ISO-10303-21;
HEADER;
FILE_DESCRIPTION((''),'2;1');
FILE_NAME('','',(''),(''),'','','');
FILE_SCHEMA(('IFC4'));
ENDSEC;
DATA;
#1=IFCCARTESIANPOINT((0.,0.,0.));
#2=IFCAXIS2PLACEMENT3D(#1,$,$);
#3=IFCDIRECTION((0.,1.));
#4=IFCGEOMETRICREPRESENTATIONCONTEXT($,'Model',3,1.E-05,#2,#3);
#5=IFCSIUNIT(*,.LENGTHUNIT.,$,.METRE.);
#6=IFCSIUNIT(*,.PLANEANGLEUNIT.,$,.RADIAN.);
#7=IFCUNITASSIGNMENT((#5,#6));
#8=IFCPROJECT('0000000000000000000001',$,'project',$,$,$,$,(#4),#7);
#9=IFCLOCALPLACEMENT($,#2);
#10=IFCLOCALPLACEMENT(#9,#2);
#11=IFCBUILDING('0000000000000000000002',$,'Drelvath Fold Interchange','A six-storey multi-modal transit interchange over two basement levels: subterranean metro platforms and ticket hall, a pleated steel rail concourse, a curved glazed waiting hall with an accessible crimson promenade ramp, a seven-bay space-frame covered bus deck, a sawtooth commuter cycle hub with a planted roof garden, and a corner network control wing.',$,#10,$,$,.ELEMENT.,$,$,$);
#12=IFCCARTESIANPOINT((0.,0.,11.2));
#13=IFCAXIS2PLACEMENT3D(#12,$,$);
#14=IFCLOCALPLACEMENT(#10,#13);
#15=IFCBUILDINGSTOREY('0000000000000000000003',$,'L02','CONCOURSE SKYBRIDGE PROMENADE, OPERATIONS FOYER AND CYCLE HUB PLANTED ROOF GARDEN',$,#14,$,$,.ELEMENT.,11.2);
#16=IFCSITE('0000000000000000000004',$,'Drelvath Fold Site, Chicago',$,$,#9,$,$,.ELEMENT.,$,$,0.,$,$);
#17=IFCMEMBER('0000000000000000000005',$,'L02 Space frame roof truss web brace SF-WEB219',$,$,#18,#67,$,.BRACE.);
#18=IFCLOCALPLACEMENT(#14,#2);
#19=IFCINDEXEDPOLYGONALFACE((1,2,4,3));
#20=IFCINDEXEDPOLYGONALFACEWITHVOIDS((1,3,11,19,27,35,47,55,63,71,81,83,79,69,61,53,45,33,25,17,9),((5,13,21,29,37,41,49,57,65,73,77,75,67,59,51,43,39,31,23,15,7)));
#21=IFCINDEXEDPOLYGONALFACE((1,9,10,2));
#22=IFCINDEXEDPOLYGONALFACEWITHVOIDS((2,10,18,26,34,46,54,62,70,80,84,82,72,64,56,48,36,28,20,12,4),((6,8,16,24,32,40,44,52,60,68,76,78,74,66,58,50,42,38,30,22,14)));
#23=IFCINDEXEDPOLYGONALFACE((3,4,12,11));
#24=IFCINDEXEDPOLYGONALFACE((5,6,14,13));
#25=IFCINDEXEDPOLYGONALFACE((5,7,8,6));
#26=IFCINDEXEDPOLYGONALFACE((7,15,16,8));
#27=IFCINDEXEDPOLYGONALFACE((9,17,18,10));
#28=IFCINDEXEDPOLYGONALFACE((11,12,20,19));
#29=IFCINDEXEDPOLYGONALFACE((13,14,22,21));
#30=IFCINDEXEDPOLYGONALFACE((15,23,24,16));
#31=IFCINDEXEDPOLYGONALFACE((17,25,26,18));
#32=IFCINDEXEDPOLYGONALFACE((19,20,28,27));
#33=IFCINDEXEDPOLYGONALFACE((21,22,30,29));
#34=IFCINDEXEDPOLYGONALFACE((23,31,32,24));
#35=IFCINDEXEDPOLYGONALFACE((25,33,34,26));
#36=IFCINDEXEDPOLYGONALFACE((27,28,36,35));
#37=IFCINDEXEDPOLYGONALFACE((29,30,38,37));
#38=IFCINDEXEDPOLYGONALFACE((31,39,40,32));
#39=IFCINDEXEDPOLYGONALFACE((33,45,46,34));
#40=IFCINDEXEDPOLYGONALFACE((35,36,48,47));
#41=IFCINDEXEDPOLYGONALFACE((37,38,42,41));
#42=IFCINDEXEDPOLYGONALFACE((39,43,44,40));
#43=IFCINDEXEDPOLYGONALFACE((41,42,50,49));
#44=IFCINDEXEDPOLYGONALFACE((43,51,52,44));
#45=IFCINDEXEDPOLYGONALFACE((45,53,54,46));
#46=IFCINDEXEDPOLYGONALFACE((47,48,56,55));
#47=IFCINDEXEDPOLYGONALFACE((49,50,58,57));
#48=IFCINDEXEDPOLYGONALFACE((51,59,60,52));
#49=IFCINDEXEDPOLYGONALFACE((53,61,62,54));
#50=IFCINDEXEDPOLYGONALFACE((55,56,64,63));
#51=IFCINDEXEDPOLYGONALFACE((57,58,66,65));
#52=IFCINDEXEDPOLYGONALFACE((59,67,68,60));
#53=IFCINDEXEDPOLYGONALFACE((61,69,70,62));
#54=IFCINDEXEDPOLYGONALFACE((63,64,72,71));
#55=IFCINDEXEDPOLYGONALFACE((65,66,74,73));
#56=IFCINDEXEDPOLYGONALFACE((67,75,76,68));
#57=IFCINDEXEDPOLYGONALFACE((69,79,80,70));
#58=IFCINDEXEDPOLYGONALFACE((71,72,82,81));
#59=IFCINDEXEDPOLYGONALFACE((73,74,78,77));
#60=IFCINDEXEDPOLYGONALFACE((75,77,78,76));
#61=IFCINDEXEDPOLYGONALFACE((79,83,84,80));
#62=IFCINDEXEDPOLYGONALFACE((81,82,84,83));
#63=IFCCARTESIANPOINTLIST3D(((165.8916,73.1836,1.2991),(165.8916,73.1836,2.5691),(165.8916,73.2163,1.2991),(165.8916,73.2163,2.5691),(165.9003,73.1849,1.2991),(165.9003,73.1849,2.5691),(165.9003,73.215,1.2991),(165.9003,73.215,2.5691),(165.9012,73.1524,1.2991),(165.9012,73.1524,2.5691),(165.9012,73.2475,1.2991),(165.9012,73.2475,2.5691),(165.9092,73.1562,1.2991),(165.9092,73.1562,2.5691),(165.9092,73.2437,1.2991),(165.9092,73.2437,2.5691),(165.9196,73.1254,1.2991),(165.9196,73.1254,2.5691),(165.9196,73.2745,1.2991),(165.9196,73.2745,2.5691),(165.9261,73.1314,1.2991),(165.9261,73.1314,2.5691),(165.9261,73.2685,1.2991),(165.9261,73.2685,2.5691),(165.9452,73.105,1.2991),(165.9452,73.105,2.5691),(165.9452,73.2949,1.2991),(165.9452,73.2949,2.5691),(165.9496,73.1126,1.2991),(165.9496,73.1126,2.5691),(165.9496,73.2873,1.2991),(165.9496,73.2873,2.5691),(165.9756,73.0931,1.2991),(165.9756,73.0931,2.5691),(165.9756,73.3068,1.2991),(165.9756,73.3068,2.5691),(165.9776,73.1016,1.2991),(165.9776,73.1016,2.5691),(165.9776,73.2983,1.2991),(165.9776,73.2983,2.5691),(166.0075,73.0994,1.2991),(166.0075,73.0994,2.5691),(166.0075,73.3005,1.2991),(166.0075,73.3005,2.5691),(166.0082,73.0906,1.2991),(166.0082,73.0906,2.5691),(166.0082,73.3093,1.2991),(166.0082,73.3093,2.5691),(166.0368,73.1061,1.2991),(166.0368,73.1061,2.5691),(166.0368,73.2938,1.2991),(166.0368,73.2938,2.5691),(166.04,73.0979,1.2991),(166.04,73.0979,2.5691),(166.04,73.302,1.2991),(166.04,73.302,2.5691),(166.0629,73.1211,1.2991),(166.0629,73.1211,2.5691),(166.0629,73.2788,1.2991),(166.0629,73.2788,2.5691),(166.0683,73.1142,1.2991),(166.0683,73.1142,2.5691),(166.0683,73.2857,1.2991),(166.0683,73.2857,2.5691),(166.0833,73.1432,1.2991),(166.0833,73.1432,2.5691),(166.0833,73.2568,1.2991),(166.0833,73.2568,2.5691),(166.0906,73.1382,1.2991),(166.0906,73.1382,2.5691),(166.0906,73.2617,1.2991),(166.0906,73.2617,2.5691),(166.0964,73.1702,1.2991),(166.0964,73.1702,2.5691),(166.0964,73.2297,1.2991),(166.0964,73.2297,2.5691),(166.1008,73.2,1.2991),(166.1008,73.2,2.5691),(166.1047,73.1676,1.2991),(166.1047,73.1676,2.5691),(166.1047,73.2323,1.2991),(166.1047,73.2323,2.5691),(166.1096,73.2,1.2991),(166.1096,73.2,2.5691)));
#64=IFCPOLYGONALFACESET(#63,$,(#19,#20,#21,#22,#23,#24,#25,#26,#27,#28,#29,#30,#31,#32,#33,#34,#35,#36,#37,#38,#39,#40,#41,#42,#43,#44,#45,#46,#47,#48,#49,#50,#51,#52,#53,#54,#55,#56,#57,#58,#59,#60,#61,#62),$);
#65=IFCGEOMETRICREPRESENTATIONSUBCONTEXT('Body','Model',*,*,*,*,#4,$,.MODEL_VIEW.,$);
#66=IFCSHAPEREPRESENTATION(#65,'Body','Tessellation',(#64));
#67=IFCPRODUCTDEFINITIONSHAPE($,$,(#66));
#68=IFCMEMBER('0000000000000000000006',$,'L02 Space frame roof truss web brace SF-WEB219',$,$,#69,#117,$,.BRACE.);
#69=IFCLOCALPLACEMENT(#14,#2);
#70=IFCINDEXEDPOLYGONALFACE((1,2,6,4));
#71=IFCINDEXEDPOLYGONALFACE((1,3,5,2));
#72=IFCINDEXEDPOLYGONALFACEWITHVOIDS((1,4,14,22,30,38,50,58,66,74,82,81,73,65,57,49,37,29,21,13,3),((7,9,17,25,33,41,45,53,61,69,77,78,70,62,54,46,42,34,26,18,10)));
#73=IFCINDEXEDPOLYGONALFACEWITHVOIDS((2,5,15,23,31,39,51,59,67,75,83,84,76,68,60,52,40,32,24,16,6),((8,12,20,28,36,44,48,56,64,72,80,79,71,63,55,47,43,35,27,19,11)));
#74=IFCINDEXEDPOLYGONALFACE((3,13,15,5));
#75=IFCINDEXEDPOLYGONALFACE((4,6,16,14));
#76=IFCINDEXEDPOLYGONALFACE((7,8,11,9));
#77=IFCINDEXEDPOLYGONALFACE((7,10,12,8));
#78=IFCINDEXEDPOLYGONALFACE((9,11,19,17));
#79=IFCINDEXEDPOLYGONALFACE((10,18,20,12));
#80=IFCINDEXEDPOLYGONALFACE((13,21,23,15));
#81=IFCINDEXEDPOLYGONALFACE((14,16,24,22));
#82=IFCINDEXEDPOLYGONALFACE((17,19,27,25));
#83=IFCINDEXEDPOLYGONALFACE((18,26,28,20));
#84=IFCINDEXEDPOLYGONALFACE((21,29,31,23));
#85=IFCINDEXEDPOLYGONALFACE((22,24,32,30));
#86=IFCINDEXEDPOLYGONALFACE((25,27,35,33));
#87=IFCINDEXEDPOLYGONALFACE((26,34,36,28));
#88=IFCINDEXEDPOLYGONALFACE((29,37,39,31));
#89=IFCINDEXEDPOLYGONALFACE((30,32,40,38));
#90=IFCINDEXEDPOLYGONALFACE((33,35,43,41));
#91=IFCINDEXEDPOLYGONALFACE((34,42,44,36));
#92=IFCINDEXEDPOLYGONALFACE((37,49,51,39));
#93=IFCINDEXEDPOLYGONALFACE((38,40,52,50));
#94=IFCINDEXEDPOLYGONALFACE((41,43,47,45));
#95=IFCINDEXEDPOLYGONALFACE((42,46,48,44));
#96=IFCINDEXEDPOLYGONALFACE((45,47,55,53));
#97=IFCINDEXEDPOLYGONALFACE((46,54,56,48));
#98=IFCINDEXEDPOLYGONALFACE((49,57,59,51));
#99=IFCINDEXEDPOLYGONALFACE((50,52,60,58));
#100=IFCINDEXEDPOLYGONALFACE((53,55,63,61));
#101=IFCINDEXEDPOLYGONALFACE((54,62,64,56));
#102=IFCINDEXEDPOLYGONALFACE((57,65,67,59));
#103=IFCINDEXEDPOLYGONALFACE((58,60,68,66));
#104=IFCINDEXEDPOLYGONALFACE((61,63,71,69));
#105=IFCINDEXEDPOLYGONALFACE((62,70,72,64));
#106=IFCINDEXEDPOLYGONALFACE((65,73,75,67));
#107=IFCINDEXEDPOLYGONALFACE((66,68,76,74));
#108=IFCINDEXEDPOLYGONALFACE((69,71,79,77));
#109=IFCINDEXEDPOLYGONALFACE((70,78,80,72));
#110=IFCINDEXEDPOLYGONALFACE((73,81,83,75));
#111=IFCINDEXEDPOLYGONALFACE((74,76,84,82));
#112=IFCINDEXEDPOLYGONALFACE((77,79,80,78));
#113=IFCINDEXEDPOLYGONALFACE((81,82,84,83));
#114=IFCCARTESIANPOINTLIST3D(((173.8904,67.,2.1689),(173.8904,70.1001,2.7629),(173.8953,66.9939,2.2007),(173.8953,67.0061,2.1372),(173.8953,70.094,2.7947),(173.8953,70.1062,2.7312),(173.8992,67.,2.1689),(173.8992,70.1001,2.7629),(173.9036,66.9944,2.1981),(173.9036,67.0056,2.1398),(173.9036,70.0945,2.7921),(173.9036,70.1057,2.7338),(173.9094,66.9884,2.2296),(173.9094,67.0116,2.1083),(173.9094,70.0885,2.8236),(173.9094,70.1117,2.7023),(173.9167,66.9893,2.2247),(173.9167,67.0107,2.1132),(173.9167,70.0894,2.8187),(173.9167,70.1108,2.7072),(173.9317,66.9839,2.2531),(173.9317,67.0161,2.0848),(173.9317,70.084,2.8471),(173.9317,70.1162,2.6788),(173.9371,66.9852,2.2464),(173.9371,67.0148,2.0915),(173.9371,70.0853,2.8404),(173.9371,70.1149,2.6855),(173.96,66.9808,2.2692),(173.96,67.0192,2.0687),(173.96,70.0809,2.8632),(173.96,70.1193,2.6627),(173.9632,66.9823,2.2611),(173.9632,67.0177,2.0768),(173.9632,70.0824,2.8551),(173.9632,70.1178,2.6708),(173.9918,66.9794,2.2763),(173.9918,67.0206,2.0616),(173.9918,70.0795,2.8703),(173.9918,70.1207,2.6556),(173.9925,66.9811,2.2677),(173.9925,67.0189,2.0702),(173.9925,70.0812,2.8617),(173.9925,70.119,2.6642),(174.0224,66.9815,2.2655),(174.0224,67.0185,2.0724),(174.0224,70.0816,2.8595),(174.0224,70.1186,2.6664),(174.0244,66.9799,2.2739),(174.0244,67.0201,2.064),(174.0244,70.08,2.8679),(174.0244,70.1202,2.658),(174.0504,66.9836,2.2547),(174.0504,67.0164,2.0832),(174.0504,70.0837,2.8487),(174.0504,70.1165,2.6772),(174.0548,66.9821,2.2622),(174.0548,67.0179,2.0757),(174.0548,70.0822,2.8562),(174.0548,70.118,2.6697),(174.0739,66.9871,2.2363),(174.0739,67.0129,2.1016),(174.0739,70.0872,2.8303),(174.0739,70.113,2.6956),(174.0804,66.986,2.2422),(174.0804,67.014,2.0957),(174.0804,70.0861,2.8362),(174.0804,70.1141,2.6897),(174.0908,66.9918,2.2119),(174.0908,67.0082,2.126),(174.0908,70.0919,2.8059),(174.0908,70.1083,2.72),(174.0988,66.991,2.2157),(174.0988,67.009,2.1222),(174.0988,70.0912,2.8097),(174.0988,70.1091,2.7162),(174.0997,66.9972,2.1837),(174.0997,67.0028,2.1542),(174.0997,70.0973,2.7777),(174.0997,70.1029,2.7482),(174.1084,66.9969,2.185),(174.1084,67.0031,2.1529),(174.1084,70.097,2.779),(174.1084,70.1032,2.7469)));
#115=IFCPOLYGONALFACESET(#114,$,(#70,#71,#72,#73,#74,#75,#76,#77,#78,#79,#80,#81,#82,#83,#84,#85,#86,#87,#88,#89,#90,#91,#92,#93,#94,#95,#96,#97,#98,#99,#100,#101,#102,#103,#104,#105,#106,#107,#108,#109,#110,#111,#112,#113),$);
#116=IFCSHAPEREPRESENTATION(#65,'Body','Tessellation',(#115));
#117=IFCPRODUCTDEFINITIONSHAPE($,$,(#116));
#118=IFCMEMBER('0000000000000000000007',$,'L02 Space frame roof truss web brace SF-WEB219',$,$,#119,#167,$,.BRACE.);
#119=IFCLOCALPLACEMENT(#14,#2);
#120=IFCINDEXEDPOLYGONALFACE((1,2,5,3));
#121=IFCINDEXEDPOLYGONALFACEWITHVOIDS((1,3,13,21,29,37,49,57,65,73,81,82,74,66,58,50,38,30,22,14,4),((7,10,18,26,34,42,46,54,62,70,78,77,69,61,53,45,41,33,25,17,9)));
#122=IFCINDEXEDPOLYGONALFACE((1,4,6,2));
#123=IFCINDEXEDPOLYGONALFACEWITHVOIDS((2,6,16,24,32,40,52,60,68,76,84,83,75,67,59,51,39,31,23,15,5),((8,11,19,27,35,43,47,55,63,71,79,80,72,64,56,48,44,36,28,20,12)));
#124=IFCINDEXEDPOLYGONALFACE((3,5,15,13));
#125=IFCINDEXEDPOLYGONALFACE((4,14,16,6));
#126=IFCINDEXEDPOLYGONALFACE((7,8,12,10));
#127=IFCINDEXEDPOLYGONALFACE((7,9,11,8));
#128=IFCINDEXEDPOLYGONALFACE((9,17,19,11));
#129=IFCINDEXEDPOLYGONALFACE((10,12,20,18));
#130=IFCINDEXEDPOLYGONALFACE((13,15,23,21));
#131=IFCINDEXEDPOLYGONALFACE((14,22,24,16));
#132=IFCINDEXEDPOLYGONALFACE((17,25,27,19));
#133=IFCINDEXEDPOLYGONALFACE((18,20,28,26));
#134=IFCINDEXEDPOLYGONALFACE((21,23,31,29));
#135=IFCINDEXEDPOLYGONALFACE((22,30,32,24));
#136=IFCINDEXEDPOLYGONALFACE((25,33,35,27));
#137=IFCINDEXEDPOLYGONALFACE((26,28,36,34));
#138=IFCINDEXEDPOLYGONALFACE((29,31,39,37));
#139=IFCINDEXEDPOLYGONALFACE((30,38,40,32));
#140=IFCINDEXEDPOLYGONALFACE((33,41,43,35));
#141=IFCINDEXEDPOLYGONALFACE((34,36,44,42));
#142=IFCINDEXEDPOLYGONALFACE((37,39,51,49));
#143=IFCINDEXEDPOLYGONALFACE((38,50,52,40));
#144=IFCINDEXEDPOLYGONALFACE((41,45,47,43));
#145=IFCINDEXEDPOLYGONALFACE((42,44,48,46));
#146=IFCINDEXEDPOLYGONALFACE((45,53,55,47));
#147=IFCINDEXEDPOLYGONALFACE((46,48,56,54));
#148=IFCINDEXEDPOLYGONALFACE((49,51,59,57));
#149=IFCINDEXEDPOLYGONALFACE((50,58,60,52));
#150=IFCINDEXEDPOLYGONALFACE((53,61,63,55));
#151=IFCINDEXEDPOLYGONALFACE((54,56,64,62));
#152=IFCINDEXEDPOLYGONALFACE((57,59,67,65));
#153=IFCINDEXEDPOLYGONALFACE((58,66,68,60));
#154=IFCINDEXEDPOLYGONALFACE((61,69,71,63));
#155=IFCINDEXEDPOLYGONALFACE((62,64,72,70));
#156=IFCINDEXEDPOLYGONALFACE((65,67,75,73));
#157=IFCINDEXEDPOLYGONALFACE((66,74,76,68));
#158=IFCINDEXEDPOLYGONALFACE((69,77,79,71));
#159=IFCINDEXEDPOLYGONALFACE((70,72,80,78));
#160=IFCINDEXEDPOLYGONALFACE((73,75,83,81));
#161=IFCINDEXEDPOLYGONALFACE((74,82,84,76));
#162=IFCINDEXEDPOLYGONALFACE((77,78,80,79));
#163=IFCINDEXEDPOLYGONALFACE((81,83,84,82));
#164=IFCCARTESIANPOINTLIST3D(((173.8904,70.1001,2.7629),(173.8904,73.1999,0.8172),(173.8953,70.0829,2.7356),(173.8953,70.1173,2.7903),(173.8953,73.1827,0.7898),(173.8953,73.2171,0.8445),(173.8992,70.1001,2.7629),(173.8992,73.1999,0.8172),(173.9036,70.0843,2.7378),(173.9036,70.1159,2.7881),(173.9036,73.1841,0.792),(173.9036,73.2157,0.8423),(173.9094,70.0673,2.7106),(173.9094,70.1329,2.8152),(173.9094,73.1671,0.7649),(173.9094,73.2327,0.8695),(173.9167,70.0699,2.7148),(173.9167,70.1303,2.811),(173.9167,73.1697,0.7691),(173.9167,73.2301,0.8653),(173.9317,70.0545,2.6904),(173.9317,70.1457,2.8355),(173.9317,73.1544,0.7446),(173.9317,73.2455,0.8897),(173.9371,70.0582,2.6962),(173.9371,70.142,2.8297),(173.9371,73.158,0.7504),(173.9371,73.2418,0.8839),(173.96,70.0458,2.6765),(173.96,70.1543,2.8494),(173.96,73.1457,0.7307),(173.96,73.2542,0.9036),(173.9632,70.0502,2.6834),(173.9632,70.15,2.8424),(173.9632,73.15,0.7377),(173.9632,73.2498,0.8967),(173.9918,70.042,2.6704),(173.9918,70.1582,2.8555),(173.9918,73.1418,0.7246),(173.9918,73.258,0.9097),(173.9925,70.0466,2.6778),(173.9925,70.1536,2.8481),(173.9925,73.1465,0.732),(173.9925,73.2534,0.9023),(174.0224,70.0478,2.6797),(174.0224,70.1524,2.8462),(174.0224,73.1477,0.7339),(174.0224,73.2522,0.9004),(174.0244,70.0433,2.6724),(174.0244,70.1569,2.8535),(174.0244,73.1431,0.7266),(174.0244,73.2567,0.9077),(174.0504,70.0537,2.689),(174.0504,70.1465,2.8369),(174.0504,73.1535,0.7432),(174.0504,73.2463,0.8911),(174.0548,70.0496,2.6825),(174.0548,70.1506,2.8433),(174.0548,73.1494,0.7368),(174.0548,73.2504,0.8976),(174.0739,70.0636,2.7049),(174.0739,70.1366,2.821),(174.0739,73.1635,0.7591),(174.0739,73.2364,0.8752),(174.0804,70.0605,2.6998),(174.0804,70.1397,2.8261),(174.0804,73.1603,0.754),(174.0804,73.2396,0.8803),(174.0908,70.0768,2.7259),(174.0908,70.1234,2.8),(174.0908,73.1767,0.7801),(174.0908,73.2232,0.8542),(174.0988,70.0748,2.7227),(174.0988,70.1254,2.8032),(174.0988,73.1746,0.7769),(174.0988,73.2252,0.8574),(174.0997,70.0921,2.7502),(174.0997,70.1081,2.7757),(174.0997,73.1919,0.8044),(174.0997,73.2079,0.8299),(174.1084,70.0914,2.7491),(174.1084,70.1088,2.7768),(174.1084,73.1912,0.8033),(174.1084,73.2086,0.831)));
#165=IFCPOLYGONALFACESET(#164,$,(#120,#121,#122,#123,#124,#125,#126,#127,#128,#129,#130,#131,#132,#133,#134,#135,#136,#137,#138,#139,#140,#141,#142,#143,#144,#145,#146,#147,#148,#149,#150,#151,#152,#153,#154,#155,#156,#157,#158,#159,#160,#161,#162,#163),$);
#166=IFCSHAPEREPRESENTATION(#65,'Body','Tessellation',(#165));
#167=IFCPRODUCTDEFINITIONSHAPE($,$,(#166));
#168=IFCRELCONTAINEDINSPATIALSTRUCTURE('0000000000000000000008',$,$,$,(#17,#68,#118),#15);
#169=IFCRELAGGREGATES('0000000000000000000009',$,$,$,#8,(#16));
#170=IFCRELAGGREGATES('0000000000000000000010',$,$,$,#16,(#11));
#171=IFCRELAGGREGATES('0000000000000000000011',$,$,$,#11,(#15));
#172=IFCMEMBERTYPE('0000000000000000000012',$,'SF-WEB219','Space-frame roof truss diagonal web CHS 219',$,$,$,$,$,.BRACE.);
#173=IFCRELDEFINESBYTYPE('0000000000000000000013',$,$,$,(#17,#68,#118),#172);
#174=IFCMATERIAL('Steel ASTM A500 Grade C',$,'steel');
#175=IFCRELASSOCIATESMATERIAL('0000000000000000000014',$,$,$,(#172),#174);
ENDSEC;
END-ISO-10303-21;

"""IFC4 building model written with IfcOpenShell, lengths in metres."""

from ifc_helpers import new_model, si_unit, direction, frame, origin, origin_2d, place, context, subcontext, project, spatial, hollow_circle, extrude, material, material_profile, profile_set, type_object, element, save


model = new_model("IFC4")

# Units and contexts
model_context = context("Model", 3, precision=1e-05, world=origin(), true_north=direction((0.0, 1.0)))
body_context = subcontext(model_context, "Body", "Model", "MODEL_VIEW")
ifc_project = project(units=[si_unit("LENGTHUNIT", "METRE"), si_unit("PLANEANGLEUNIT", "RADIAN")], contexts=[model_context])

# Site, building, storey
site_placement = place(None, origin())
site = spatial("IfcSite", under=ifc_project, at=site_placement, Name="Drelvath Fold Site, Chicago", CompositionType="ELEMENT", RefElevation=0.0)
building_placement = place(site_placement, origin())
building = spatial("IfcBuilding", under=site, at=building_placement, Name="Drelvath Fold Interchange", Description="A six-storey multi-modal transit interchange over two basement levels: subterranean metro platforms and ticket hall, a pleated steel rail concourse, a curved glazed waiting hall with an accessible crimson promenade ramp, a seven-bay space-frame covered bus deck, a sawtooth commuter cycle hub with a planted roof garden, and a corner network control wing.", CompositionType="ELEMENT")
storey_placement = place(building_placement, frame((0.0, 0.0, 11.2)))
storey = spatial("IfcBuildingStorey", under=building, at=storey_placement, Name="L02", Description="CONCOURSE SKYBRIDGE PROMENADE, OPERATIONS FOYER AND CYCLE HUB PLANTED ROOF GARDEN", CompositionType="ELEMENT", Elevation=11.2)

# Shared definitions
ifc_material_1 = material(Name="Steel ASTM A500 Grade C", Category="steel")

# Members
ifc_material_profile_1 = material_profile(ifc_material_1, hollow_circle(Radius=0.1096, WallThickness=0.0088, at=origin_2d()), Name="HSS8.625X0.375")
ifc_profile_set_1 = profile_set([ifc_material_profile_1], Name="Steel ASTM A500 Grade C")
member_type_1 = type_object("IfcMemberType", Name="SF-WEB219", Description="Space-frame roof truss diagonal web CHS 219", PredefinedType="BRACE", material=ifc_profile_set_1)
member_1_placement = place(storey_placement, frame((166.0, 73.2, 1.2991), z_axis=(0.0, 0.0, 1.0), x_axis=(1.0, 0.0, 0.0)))
element("IfcMember", 1, at=member_1_placement, inside=storey, type_object=member_type_1, Name="L02 Space frame roof truss web brace SF-WEB219", PredefinedType="BRACE", context=body_context, shape_type="SweptSolid", body=[
    extrude(hollow_circle(Radius=0.1096, WallThickness=0.0088, at=origin_2d()), origin(), (0.0, 0.0, 1.0), 1.27),
])
member_2_placement = place(storey_placement, frame((174.0, 67.0, 2.1689), z_axis=(0.0, 0.982134, 0.188182), x_axis=(-1.0, 0.0, 0.0)))
element("IfcMember", 2, at=member_2_placement, inside=storey, type_object=member_type_1, Name="L02 Space frame roof truss web brace SF-WEB219", PredefinedType="BRACE", context=body_context, shape_type="SweptSolid", body=[
    extrude(hollow_circle(Radius=0.1096, WallThickness=0.0088, at=origin_2d()), origin(), (0.0, 0.0, 1.0), 3.1565),
])
member_3_placement = place(storey_placement, frame((174.0, 70.1001, 2.7629), z_axis=(0.0, 0.846966, -0.531647), x_axis=(-1.0, 0.0, 0.0)))
element("IfcMember", 3, at=member_3_placement, inside=storey, type_object=member_type_1, Name="L02 Space frame roof truss web brace SF-WEB219", PredefinedType="BRACE", context=body_context, shape_type="SweptSolid", body=[
    extrude(hollow_circle(Radius=0.1096, WallThickness=0.0088, at=origin_2d()), origin(), (0.0, 0.0, 1.0), 3.6599),
])

save(model, "model.ifc")
